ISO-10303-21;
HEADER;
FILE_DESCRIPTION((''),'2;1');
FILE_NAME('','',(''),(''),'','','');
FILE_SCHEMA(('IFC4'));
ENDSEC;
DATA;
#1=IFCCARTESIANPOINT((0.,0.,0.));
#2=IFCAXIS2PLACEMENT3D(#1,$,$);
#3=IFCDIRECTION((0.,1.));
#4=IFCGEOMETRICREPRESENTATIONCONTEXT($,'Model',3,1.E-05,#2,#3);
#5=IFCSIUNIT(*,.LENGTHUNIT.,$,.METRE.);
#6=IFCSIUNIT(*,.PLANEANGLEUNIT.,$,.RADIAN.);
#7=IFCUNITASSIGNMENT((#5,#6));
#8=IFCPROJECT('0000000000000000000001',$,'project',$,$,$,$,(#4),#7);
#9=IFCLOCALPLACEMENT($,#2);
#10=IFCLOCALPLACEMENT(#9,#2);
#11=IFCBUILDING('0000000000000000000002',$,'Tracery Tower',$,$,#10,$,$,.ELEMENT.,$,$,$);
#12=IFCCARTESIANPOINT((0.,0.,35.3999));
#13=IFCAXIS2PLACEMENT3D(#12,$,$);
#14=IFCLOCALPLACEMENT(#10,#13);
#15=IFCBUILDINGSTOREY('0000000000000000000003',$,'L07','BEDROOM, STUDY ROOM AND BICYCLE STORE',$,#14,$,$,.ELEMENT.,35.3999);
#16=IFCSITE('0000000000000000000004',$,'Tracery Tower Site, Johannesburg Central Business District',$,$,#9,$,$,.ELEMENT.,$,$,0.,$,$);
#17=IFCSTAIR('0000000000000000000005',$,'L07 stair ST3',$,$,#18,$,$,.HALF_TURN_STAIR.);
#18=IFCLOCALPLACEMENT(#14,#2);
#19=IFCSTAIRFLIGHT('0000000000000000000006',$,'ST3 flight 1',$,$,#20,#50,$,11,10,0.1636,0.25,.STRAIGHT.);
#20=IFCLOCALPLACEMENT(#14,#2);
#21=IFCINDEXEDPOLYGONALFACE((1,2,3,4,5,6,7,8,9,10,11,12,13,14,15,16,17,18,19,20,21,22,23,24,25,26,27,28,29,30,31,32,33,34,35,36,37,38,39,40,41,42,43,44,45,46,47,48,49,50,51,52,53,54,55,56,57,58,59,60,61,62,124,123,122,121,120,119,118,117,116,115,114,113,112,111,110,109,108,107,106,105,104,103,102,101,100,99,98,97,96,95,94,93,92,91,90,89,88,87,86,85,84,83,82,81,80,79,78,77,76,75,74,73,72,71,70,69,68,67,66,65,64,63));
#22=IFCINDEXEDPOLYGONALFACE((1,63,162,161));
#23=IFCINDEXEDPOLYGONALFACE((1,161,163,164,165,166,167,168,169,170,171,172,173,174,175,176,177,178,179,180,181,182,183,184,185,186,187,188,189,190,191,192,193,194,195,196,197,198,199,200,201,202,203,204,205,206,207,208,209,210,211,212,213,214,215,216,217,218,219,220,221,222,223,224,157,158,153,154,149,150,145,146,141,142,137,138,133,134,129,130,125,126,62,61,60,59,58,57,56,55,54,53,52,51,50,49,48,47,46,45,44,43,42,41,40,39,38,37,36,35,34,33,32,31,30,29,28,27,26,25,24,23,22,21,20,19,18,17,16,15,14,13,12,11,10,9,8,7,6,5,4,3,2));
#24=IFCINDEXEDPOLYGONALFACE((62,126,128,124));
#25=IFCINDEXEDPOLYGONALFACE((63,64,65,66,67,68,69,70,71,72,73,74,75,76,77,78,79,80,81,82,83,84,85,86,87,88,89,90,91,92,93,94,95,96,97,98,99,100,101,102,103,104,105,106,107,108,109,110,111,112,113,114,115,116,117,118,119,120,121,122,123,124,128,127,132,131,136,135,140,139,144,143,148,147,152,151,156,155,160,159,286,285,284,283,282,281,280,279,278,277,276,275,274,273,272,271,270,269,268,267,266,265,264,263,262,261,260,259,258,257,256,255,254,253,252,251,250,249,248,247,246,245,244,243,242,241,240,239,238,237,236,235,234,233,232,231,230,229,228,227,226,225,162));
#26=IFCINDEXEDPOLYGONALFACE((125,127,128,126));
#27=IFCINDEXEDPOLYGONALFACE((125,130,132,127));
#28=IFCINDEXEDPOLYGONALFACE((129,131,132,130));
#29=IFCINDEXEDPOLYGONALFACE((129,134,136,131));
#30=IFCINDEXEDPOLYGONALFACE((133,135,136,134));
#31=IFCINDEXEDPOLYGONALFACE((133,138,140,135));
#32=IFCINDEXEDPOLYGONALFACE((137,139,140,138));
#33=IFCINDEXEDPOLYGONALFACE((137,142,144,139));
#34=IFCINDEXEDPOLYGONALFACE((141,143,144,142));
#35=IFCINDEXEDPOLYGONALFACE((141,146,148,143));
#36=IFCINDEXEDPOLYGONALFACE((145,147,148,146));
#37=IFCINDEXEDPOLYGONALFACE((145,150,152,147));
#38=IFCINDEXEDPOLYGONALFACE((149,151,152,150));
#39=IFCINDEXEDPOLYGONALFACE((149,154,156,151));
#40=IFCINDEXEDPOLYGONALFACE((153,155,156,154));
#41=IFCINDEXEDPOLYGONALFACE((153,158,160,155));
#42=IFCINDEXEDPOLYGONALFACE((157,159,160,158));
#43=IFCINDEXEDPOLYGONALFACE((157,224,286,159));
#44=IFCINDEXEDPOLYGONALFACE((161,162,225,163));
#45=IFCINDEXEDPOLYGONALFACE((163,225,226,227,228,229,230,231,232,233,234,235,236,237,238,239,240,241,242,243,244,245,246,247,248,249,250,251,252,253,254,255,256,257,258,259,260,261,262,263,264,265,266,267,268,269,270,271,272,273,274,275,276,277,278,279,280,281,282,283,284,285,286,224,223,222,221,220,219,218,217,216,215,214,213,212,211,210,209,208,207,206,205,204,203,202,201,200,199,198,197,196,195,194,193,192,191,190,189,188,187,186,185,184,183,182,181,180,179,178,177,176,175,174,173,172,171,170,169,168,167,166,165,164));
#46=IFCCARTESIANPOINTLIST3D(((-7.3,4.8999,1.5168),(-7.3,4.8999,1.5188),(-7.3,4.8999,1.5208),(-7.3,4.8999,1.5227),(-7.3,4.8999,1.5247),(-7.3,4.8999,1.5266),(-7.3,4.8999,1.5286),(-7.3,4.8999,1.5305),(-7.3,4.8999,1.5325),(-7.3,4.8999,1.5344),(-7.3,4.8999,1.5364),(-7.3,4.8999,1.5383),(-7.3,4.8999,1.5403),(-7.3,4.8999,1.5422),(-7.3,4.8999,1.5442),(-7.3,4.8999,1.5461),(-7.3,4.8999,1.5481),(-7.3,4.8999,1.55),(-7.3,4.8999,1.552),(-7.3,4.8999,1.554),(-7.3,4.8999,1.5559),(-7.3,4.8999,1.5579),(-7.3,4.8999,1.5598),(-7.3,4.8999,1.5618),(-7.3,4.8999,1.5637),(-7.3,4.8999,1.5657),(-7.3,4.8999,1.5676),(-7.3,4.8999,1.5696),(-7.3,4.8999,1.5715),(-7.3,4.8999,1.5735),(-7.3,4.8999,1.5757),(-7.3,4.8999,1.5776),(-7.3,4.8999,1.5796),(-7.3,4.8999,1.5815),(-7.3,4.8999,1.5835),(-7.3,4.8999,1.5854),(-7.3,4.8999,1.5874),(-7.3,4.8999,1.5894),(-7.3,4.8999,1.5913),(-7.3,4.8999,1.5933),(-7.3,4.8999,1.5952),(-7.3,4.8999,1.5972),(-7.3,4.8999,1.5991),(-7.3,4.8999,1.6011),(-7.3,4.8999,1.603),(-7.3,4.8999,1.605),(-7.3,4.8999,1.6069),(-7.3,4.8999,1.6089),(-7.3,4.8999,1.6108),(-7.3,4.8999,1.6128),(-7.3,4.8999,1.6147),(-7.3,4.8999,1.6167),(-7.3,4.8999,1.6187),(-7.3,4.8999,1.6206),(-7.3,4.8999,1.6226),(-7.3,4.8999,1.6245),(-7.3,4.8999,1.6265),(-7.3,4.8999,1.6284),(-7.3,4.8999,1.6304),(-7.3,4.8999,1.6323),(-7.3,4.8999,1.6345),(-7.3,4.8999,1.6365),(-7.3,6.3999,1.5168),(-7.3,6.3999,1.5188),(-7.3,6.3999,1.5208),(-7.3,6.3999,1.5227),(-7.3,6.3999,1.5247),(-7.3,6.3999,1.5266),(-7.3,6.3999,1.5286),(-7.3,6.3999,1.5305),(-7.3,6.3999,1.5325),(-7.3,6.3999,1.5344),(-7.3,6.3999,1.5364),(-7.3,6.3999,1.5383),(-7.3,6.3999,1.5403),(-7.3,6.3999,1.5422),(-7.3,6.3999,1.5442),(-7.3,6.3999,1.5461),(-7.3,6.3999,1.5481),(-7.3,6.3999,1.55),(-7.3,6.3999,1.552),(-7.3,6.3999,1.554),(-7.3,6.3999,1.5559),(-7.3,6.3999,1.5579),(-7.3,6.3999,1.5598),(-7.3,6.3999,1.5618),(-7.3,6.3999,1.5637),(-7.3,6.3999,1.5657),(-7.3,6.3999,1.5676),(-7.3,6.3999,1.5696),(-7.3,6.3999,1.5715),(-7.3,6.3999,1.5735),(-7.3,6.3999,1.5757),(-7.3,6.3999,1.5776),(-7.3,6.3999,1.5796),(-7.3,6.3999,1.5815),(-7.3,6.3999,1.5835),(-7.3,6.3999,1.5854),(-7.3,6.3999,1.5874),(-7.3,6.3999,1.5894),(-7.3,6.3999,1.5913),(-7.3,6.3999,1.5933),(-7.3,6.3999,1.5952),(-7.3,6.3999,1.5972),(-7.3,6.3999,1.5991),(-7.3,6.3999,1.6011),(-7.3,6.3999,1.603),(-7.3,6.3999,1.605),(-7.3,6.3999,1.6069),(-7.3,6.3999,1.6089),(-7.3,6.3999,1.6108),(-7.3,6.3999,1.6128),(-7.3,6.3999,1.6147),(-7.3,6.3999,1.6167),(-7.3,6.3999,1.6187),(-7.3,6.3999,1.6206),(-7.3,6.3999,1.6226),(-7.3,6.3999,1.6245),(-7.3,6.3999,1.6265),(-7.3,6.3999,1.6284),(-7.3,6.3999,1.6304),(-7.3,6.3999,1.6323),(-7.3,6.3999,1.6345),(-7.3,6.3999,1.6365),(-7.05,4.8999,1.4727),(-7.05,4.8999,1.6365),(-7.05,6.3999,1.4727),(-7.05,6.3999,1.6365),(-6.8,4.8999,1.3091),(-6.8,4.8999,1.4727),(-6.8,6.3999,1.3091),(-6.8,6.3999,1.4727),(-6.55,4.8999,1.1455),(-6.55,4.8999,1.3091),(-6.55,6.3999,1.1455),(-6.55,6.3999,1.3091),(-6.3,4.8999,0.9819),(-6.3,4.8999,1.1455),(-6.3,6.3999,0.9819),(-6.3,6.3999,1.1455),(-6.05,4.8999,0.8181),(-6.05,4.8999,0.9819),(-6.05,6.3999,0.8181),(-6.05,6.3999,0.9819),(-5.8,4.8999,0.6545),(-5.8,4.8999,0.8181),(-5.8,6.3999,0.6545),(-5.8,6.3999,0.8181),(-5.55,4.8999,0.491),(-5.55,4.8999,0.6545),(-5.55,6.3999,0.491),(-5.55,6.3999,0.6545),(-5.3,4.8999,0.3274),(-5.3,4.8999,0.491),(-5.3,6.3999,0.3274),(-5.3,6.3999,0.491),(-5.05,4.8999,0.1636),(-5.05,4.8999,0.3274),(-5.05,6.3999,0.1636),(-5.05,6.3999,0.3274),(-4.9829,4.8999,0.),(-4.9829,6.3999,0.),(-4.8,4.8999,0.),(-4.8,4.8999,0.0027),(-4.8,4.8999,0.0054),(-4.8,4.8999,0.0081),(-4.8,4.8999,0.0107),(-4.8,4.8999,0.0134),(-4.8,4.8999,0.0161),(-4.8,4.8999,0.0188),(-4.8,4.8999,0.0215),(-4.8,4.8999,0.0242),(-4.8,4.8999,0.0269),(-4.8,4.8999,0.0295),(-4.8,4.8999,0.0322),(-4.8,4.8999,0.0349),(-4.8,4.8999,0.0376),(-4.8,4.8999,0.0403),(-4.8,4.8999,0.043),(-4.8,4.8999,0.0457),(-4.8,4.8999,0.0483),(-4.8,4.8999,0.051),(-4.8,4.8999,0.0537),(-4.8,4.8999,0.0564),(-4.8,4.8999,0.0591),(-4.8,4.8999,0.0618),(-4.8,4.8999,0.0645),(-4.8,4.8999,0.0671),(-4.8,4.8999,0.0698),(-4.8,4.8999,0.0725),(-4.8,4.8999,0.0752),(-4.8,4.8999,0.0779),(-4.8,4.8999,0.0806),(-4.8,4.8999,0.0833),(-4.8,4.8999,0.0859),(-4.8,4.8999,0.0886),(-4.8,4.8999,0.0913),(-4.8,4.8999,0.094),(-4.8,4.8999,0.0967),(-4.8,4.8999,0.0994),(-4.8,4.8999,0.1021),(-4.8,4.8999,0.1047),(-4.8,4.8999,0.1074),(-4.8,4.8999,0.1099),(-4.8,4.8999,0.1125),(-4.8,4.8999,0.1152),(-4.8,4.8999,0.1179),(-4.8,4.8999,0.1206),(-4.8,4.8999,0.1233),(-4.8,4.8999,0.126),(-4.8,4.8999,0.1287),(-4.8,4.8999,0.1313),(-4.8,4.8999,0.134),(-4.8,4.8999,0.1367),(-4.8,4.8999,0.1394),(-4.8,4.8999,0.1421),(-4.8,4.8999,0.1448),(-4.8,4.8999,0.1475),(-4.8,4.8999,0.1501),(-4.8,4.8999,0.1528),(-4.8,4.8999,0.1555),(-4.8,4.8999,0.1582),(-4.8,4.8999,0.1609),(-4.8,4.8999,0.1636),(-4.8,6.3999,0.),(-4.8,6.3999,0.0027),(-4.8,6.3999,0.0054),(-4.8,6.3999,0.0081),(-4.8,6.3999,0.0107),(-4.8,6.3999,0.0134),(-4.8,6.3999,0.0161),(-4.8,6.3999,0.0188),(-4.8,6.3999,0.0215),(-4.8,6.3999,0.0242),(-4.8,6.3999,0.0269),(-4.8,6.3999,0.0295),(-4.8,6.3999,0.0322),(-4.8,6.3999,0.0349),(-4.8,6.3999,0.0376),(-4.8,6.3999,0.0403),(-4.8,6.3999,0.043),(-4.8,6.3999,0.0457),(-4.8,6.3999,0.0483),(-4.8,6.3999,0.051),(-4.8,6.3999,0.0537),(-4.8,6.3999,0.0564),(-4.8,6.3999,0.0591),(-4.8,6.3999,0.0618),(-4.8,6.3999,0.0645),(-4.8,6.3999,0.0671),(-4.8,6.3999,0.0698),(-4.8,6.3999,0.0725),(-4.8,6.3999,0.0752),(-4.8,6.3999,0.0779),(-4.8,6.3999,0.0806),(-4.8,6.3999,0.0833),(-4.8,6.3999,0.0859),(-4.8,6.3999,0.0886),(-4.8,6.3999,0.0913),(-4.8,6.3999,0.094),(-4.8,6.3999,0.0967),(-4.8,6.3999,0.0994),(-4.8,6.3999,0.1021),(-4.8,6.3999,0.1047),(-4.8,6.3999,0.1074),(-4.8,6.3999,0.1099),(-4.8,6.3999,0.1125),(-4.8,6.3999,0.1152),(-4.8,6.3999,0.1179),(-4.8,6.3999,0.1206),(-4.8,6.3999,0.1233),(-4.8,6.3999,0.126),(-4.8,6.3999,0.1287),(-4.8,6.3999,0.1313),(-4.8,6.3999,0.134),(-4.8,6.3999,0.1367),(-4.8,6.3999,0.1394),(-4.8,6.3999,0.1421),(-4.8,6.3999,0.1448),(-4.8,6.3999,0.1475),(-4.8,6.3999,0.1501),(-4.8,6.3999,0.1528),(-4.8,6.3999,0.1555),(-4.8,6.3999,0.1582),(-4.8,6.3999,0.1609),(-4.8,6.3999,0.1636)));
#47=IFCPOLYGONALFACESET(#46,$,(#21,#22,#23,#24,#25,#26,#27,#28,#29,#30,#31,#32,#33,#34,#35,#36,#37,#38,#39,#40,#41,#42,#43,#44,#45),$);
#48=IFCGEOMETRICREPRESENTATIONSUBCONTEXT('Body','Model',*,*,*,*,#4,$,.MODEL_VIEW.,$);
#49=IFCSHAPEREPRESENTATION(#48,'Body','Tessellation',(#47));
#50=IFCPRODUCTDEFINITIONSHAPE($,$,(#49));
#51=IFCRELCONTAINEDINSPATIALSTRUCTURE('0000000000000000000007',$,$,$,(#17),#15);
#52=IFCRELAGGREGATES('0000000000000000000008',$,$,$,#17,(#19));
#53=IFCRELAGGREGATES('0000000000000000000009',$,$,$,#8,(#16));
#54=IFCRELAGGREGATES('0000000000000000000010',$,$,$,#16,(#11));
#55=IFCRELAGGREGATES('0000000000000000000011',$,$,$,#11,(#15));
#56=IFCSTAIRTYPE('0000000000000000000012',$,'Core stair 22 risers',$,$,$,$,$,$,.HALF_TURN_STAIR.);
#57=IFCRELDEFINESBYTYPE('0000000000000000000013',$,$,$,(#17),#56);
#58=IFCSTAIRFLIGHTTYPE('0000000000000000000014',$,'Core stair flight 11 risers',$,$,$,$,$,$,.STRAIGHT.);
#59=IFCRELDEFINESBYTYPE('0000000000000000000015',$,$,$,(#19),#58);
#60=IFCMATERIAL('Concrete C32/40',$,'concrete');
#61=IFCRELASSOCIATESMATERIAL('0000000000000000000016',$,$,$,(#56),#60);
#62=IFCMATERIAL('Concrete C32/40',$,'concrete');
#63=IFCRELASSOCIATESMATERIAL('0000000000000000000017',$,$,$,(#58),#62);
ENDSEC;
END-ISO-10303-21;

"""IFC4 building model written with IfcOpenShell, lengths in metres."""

from ifc_helpers import new_model, si_unit, direction, frame, origin, place, context, subcontext, project, spatial, polyline, outline, extrude, material, type_object, element, aggregate, save


model = new_model("IFC4")

# Units and contexts
model_context = context("Model", 3, precision=1e-05, world=origin(), true_north=direction((0.0, 1.0)))
body_context = subcontext(model_context, "Body", "Model", "MODEL_VIEW")
ifc_project = project(units=[si_unit("LENGTHUNIT", "METRE"), si_unit("PLANEANGLEUNIT", "RADIAN")], contexts=[model_context])

# Site, building, storey
site_placement = place(None, origin())
site = spatial("IfcSite", under=ifc_project, at=site_placement, Name="Tracery Tower Site, Johannesburg Central Business District", CompositionType="ELEMENT", RefElevation=0.0)
building_placement = place(site_placement, origin())
building = spatial("IfcBuilding", under=site, at=building_placement, Name="Tracery Tower", CompositionType="ELEMENT")
storey_placement = place(building_placement, frame((0.0, 0.0, 35.3999)))
storey = spatial("IfcBuildingStorey", under=building, at=storey_placement, Name="L07", Description="BEDROOM, STUDY ROOM AND BICYCLE STORE", CompositionType="ELEMENT", Elevation=35.3999)

# Stair, stair flight
ifc_material_1 = material(Name="Concrete C32/40", Category="concrete")
stair_type = type_object("IfcStairType", Name="Core stair 22 risers", PredefinedType="HALF_TURN_STAIR", material=ifc_material_1)
stair_placement = place(storey_placement, origin())
stair = element("IfcStair", 1, at=stair_placement, inside=storey, type_object=stair_type, Name="L07 stair ST3", PredefinedType="HALF_TURN_STAIR")
ifc_material_2 = material(Name="Concrete C32/40", Category="concrete")
stair_flight_type = type_object("IfcStairFlightType", Name="Core stair flight 11 risers", PredefinedType="STRAIGHT", material=ifc_material_2)
stair_flight_1_placement = place(storey_placement, frame((-4.8, 5.6499, 0.0), z_axis=(0.0, 0.0, 1.0), x_axis=(-1.0, 0.0, 0.0)))
stair_flight_1 = element("IfcStairFlight", 2, at=stair_flight_1_placement, type_object=stair_flight_type, Name="ST3 flight 1", NumberOfRisers=11, NumberOfTreads=10, PredefinedType="STRAIGHT", RiserHeight=0.1636, TreadLength=0.25, context=body_context, shape_type="SweptSolid", body=[
    extrude(outline(polyline([(0.0, 0.0), (0.0, 0.0027), (0.0, 0.0054), (0.0, 0.0081), (0.0, 0.0107), (0.0, 0.0134), (0.0, 0.0161), (0.0, 0.0188), (0.0, 0.0215), (0.0, 0.0242), (0.0, 0.0269), (0.0, 0.0295), (0.0, 0.0322), (0.0, 0.0349), (0.0, 0.0376), (0.0, 0.0403), (0.0, 0.043), (0.0, 0.0457), (0.0, 0.0483), (0.0, 0.051), (0.0, 0.0537), (0.0, 0.0564), (0.0, 0.0591), (0.0, 0.0618), (0.0, 0.0645), (0.0, 0.0671), (0.0, 0.0698), (0.0, 0.0725), (0.0, 0.0752), (0.0, 0.0779), (0.0, 0.0806), (0.0, 0.0833), (0.0, 0.0859), (0.0, 0.0886), (0.0, 0.0913), (0.0, 0.094), (0.0, 0.0967), (0.0, 0.0994), (0.0, 0.1021), (0.0, 0.1047), (0.0, 0.1074), (0.0, 0.1099), (0.0, 0.1125), (0.0, 0.1152), (0.0, 0.1179), (0.0, 0.1206), (0.0, 0.1233), (0.0, 0.126), (0.0, 0.1287), (0.0, 0.1313), (0.0, 0.134), (0.0, 0.1367), (0.0, 0.1394), (0.0, 0.1421), (0.0, 0.1448), (0.0, 0.1475), (0.0, 0.1501), (0.0, 0.1528), (0.0, 0.1555), (0.0, 0.1582), (0.0, 0.1609), (0.0, 0.1636), (0.25, 0.1636), (0.25, 0.3274), (0.5, 0.3274), (0.5, 0.491), (0.75, 0.491), (0.75, 0.6545), (1.0, 0.6545), (1.0, 0.8181), (1.25, 0.8181), (1.25, 0.9819), (1.5, 0.9819), (1.5, 1.1455), (1.75, 1.1455), (1.75, 1.3091), (2.0, 1.3091), (2.0, 1.4727), (2.25, 1.4727), (2.25, 1.6365), (2.5, 1.6365), (2.5, 1.6345), (2.5, 1.6323), (2.5, 1.6304), (2.5, 1.6284), (2.5, 1.6265), (2.5, 1.6245), (2.5, 1.6226), (2.5, 1.6206), (2.5, 1.6187), (2.5, 1.6167), (2.5, 1.6147), (2.5, 1.6128), (2.5, 1.6108), (2.5, 1.6089), (2.5, 1.6069), (2.5, 1.605), (2.5, 1.603), (2.5, 1.6011), (2.5, 1.5991), (2.5, 1.5972), (2.5, 1.5952), (2.5, 1.5933), (2.5, 1.5913), (2.5, 1.5894), (2.5, 1.5874), (2.5, 1.5854), (2.5, 1.5835), (2.5, 1.5815), (2.5, 1.5796), (2.5, 1.5776), (2.5, 1.5757), (2.5, 1.5735), (2.5, 1.5715), (2.5, 1.5696), (2.5, 1.5676), (2.5, 1.5657), (2.5, 1.5637), (2.5, 1.5618), (2.5, 1.5598), (2.5, 1.5579), (2.5, 1.5559), (2.5, 1.554), (2.5, 1.552), (2.5, 1.55), (2.5, 1.5481), (2.5, 1.5461), (2.5, 1.5442), (2.5, 1.5422), (2.5, 1.5403), (2.5, 1.5383), (2.5, 1.5364), (2.5, 1.5344), (2.5, 1.5325), (2.5, 1.5305), (2.5, 1.5286), (2.5, 1.5266), (2.5, 1.5247), (2.5, 1.5227), (2.5, 1.5208), (2.5, 1.5188), (2.5, 1.5168), (0.1829, 0.0), (0.0, 0.0)])), frame((0.0, 0.75, 0.0), z_axis=(0.0, -1.0, 0.0), x_axis=(1.0, 0.0, 0.0)), (0.0, 0.0, 1.0), 1.5),
])
aggregate(stair, [stair_flight_1])

save(model, "model.ifc")
